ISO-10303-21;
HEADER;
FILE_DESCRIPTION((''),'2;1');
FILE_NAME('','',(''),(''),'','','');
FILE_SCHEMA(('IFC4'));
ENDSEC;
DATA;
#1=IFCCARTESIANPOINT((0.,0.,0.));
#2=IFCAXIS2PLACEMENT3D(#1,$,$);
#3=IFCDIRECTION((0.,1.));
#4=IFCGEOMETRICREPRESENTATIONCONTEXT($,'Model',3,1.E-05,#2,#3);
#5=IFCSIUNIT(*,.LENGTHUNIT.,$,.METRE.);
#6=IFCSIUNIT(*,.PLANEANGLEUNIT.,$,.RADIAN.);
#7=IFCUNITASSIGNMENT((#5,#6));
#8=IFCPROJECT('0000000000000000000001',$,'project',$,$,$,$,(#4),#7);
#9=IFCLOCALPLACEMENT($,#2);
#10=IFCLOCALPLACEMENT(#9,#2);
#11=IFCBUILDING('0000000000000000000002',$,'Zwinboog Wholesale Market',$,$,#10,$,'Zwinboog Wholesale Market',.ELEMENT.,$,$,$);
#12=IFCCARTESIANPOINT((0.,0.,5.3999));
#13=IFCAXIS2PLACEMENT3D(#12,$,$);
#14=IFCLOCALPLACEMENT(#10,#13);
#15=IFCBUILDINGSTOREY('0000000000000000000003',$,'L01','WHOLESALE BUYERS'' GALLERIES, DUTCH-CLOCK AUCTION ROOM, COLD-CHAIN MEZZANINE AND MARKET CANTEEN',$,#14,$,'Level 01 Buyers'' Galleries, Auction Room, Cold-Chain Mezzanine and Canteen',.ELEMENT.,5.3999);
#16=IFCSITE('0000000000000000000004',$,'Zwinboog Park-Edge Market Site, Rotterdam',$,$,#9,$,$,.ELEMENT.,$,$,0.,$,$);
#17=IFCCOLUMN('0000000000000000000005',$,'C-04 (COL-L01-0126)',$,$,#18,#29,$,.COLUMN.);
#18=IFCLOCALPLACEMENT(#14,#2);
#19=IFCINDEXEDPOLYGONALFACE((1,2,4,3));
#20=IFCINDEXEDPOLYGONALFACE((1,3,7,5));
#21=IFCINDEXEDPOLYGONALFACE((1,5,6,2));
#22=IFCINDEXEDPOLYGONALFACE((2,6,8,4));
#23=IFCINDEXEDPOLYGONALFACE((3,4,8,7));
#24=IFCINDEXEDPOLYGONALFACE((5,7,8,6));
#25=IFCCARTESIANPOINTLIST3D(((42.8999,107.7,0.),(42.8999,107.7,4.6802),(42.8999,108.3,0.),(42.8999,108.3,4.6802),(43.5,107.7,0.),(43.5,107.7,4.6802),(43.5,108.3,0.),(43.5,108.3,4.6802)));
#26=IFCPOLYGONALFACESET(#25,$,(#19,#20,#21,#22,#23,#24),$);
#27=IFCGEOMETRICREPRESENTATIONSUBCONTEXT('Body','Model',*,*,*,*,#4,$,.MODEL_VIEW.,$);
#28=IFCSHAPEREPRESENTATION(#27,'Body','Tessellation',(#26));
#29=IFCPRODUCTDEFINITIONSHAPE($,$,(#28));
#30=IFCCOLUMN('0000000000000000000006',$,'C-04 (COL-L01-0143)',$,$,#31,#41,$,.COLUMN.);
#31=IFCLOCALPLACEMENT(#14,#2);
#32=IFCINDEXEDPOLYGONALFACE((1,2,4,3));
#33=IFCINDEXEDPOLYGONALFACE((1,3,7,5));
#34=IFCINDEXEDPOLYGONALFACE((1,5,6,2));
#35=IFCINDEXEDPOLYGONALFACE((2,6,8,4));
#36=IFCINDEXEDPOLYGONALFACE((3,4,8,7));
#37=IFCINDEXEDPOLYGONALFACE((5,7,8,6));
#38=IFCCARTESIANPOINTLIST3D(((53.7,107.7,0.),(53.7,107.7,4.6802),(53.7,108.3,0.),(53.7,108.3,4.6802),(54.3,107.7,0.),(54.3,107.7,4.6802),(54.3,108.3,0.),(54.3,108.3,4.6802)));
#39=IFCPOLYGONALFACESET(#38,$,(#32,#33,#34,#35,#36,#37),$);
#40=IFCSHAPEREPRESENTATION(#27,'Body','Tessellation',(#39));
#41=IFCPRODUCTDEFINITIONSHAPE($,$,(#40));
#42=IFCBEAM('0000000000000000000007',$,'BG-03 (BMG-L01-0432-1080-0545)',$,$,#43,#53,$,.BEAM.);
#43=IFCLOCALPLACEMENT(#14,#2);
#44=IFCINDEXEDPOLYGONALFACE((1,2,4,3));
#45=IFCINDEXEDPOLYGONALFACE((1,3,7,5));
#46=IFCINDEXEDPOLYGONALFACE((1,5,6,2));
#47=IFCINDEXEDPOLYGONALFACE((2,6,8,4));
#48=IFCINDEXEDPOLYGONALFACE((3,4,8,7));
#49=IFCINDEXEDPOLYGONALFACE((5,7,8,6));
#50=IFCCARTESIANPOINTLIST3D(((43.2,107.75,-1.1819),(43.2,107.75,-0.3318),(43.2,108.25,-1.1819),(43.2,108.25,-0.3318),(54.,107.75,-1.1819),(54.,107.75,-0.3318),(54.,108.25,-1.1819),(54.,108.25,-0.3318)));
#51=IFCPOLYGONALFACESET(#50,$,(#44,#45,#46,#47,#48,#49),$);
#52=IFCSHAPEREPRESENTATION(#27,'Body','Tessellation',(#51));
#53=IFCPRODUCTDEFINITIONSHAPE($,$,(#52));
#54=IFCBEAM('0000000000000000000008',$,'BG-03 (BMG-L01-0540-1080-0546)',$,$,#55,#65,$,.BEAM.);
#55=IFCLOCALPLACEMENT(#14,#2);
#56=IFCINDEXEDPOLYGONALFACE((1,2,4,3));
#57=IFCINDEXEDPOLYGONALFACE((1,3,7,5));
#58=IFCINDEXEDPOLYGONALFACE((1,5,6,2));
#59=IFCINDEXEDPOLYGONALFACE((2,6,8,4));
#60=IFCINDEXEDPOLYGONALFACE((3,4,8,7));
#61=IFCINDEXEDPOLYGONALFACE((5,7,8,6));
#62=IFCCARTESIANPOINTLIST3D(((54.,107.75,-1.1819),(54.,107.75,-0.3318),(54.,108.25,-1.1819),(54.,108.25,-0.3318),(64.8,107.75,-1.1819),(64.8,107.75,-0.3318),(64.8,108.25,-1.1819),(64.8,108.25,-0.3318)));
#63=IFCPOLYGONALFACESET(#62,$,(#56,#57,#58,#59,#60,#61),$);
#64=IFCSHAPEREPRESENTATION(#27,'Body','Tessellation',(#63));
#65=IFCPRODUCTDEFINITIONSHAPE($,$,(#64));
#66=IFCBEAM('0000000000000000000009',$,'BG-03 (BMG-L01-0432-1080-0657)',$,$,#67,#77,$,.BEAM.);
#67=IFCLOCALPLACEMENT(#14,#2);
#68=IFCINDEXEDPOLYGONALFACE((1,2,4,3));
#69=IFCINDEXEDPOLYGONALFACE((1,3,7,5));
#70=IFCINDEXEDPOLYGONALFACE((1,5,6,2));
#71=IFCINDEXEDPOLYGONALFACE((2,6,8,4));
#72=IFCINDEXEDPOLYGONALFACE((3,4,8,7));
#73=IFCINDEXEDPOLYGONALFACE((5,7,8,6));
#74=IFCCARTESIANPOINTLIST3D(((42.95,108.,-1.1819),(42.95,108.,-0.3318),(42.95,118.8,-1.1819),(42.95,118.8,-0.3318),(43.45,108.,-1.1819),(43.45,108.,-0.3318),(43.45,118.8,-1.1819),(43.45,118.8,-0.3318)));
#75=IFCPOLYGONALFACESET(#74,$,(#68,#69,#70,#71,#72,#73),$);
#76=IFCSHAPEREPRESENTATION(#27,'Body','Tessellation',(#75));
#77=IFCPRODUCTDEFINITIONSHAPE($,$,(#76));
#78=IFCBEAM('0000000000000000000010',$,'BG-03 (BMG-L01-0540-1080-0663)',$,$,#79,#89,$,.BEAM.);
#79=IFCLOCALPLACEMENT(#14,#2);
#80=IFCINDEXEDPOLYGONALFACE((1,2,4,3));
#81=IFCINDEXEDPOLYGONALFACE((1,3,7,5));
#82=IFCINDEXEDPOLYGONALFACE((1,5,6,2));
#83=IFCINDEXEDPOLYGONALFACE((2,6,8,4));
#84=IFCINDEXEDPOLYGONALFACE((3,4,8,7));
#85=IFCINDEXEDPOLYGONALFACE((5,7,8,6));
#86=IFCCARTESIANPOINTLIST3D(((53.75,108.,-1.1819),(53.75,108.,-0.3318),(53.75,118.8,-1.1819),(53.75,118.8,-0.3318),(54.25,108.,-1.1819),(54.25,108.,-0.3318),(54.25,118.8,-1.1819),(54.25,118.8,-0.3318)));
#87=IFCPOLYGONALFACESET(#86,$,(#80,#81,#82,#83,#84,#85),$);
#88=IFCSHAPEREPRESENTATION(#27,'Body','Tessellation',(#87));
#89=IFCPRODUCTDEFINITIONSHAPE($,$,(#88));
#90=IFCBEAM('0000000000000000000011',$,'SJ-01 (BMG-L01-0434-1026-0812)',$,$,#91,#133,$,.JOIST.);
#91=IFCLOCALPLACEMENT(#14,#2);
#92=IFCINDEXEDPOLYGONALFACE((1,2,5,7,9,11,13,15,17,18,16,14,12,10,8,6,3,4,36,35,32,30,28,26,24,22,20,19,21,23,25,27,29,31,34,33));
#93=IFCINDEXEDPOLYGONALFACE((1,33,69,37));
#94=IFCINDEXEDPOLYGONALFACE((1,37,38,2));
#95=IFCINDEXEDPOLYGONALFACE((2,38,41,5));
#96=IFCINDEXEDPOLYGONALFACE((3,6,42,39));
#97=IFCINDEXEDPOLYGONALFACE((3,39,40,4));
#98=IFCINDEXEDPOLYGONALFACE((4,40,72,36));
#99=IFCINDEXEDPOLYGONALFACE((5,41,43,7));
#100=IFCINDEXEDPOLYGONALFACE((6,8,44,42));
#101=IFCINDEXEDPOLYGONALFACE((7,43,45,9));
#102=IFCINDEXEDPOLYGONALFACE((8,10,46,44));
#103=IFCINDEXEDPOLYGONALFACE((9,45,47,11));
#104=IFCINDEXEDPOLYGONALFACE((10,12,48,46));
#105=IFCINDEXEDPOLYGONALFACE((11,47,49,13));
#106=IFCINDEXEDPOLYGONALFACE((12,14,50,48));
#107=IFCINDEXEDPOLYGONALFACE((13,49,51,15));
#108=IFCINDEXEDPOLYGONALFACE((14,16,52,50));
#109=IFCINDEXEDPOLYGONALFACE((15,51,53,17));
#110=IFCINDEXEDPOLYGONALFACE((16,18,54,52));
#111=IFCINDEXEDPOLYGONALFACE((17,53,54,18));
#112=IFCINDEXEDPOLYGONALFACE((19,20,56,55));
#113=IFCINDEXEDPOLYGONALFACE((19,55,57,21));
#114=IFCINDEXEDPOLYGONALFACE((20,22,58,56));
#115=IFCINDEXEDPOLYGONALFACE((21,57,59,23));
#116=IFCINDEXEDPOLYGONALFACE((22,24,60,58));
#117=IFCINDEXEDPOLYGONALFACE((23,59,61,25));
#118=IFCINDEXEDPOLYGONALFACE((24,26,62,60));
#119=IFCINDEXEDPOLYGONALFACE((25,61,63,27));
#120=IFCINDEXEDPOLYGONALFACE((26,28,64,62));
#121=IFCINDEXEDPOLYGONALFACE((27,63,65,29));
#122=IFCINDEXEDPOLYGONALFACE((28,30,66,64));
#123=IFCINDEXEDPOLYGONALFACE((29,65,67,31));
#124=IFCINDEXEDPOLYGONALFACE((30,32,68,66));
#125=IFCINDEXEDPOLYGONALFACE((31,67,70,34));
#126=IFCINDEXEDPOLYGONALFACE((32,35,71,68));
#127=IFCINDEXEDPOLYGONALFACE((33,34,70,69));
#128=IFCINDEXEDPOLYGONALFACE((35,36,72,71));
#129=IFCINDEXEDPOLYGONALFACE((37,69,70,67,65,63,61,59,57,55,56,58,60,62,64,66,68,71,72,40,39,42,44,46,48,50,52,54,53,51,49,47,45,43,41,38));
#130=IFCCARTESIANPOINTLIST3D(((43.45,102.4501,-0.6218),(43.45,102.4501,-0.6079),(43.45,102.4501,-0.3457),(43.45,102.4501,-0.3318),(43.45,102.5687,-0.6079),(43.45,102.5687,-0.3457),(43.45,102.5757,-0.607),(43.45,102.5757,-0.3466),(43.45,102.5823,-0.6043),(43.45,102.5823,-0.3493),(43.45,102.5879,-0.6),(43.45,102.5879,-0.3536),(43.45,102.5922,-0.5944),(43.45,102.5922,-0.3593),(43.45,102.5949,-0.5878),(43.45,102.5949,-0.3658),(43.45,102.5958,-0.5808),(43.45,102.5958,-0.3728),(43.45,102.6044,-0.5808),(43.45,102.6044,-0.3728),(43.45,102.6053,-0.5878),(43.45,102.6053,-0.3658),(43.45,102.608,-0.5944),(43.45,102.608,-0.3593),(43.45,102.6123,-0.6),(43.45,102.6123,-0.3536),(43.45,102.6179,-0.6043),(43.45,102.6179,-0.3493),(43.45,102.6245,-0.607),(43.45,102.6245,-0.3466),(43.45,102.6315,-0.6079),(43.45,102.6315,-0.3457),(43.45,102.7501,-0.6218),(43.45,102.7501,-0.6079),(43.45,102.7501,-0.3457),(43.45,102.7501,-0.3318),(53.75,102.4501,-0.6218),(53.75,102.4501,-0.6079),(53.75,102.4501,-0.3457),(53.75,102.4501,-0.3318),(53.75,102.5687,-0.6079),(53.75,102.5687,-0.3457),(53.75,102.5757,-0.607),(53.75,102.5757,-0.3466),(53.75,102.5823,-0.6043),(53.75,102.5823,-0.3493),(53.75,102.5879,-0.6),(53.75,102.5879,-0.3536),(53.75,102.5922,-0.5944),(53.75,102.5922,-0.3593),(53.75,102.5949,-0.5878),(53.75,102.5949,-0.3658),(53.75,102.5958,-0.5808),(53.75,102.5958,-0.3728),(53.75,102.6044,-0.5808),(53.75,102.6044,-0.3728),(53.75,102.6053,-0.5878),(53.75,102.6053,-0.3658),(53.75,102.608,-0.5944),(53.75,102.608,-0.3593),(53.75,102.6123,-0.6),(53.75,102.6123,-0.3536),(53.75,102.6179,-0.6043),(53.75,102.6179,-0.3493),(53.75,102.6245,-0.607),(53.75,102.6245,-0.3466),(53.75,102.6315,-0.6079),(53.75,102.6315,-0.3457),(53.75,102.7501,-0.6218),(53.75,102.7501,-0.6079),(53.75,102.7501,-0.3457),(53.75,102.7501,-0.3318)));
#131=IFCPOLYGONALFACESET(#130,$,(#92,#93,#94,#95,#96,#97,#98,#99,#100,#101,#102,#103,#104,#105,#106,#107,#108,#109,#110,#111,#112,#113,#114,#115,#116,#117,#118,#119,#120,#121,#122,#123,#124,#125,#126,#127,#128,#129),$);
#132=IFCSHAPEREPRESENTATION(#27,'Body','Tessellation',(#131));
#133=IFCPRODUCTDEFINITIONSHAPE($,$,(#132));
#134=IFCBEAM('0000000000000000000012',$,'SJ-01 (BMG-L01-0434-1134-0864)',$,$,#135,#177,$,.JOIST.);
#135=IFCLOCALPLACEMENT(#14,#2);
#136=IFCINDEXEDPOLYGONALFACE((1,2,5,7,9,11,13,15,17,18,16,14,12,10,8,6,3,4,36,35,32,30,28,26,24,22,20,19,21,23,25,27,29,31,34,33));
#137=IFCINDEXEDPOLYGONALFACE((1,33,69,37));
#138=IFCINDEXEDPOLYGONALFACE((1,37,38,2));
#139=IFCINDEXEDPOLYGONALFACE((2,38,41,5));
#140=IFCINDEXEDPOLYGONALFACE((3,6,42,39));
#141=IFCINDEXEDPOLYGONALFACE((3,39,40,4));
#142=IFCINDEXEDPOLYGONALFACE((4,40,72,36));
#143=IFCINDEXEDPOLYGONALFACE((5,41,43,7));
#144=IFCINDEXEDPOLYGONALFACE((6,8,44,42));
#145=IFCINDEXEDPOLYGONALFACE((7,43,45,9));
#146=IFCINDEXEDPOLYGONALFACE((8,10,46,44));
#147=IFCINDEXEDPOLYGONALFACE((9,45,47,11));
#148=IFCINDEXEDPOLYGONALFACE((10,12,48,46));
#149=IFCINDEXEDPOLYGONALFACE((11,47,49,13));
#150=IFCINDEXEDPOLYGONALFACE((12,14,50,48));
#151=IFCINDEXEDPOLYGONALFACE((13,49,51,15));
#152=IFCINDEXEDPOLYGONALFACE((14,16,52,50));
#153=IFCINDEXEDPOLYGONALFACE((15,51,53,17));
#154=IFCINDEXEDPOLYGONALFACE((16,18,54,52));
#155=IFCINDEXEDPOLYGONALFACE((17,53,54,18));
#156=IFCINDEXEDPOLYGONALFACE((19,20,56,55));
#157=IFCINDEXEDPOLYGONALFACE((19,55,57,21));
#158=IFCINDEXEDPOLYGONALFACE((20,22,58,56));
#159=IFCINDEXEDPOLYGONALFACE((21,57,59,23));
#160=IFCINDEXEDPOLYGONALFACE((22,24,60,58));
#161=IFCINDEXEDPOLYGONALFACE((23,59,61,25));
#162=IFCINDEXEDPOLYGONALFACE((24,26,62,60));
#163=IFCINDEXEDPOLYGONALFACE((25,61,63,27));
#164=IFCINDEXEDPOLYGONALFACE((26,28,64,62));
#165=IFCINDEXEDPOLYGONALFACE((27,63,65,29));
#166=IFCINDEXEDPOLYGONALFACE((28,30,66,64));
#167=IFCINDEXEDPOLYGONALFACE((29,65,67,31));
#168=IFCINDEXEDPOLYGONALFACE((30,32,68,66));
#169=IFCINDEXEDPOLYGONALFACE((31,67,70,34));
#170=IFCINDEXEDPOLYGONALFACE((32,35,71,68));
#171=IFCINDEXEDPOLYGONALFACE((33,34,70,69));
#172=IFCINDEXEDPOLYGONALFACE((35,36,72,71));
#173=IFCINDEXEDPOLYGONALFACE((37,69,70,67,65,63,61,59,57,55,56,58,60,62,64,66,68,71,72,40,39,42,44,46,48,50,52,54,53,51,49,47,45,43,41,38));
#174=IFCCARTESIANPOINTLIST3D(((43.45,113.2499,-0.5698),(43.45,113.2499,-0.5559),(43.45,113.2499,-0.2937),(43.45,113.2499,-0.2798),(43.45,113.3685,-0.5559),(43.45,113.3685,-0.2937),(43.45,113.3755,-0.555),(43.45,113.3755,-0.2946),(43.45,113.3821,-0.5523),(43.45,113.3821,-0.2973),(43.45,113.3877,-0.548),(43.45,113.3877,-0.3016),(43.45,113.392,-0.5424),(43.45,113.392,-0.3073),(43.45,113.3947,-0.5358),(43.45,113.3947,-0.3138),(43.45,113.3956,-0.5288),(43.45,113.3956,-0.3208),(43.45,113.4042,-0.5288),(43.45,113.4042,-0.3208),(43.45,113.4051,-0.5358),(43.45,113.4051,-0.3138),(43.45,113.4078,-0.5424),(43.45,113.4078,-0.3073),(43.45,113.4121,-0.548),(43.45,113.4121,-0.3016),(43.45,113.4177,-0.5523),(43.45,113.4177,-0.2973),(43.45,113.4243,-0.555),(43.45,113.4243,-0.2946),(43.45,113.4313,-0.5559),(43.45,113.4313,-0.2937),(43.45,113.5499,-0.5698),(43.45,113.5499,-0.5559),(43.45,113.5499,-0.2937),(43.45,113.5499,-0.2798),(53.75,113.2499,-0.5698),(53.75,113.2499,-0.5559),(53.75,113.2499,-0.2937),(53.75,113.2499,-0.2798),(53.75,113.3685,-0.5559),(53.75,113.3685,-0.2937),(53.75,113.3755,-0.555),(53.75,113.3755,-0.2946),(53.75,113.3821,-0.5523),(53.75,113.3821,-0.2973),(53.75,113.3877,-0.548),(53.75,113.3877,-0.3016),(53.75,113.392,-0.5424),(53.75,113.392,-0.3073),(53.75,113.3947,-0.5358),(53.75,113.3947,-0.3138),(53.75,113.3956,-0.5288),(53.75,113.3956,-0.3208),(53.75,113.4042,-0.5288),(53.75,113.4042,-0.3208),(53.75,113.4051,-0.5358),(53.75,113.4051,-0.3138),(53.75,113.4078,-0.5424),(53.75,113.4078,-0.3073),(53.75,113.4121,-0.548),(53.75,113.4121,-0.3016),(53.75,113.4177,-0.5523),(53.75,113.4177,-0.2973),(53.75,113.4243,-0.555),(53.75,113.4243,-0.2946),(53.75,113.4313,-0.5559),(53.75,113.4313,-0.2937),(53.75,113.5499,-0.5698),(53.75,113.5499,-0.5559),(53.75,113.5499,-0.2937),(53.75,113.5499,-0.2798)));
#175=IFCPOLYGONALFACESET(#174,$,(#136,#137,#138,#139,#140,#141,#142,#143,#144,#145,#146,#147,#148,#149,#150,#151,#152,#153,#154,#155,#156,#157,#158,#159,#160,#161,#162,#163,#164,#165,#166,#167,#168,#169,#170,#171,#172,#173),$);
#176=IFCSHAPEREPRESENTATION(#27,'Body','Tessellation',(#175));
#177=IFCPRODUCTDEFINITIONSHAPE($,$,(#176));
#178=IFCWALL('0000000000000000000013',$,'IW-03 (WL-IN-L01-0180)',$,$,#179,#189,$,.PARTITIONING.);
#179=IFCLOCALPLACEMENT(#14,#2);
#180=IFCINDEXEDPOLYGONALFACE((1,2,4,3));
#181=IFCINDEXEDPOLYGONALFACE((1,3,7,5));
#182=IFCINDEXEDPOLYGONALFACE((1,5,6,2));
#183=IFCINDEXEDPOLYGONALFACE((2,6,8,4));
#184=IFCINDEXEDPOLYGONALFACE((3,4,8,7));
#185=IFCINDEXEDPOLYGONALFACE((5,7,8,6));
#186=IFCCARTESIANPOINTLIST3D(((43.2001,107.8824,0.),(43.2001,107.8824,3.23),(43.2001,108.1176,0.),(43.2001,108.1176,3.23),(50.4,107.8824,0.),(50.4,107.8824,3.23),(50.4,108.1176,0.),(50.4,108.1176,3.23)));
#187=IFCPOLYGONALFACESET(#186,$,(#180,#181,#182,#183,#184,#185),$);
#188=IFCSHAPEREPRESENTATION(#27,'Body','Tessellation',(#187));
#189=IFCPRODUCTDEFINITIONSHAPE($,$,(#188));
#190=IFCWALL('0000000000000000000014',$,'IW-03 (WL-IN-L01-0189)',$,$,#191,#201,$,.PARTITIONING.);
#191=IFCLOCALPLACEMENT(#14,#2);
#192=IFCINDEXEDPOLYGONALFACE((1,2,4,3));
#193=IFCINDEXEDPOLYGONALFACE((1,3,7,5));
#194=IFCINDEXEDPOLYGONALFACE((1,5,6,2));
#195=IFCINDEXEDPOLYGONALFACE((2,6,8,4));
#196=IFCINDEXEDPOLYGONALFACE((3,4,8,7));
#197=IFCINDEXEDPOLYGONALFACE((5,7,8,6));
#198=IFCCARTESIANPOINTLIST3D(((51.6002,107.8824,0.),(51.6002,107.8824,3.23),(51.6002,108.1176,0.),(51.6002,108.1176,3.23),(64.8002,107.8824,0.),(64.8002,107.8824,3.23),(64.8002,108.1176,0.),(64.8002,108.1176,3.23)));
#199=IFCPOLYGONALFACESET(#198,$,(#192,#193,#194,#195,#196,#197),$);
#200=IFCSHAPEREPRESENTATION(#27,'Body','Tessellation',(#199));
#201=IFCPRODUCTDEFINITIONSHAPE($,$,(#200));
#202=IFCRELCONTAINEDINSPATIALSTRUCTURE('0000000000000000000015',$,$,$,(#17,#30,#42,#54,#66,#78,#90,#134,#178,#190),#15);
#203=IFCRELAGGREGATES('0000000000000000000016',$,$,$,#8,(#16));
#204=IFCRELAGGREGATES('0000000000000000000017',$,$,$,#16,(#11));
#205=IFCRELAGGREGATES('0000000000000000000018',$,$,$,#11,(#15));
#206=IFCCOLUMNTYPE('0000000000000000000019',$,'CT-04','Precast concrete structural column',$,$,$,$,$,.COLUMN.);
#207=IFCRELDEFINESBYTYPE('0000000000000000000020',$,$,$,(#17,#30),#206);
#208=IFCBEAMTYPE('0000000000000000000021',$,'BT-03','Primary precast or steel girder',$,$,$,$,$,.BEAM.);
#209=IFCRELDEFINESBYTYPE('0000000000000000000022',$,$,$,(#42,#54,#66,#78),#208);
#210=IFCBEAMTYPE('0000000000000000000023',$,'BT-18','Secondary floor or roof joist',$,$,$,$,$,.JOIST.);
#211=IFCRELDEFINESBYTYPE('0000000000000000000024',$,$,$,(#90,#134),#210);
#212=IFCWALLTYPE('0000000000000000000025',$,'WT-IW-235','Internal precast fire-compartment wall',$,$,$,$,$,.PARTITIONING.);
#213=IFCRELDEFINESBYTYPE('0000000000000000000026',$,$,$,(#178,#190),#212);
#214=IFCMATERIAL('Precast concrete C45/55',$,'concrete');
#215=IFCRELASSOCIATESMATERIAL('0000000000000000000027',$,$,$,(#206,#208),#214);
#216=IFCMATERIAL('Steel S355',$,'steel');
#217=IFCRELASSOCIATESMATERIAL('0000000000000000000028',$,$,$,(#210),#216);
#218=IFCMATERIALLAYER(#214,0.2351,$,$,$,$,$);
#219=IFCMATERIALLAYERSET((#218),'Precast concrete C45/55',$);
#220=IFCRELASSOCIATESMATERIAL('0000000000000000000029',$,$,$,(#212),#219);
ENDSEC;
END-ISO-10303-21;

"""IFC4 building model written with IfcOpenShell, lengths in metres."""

from ifc_helpers import new_model, si_unit, direction, frame, frame_2d, origin, origin_2d, place, context, subcontext, project, spatial, rectangle, i_section, extrude, material, layer, layer_set, material_profile, profile_set, type_object, element, save


model = new_model("IFC4")

# Units and contexts
model_context = context("Model", 3, precision=1e-05, world=origin(), true_north=direction((0.0, 1.0)))
body_context = subcontext(model_context, "Body", "Model", "MODEL_VIEW")
ifc_project = project(units=[si_unit("LENGTHUNIT", "METRE"), si_unit("PLANEANGLEUNIT", "RADIAN")], contexts=[model_context])

# Site, building, storey
site_placement = place(None, origin())
site = spatial("IfcSite", under=ifc_project, at=site_placement, Name="Zwinboog Park-Edge Market Site, Rotterdam", CompositionType="ELEMENT", RefElevation=0.0)
building_placement = place(site_placement, origin())
building = spatial("IfcBuilding", under=site, at=building_placement, Name="Zwinboog Wholesale Market", LongName="Zwinboog Wholesale Market", CompositionType="ELEMENT")
storey_placement = place(building_placement, frame((0.0, 0.0, 5.3999)))
storey = spatial("IfcBuildingStorey", under=building, at=storey_placement, Name="L01", Description="WHOLESALE BUYERS' GALLERIES, DUTCH-CLOCK AUCTION ROOM, COLD-CHAIN MEZZANINE AND MARKET CANTEEN", LongName="Level 01 Buyers' Galleries, Auction Room, Cold-Chain Mezzanine and Canteen", CompositionType="ELEMENT", Elevation=5.3999)

# Columns
ifc_material_1 = material(Name="Precast concrete C45/55", Category="concrete")
ifc_material_profile_1 = material_profile(ifc_material_1, rectangle(XDim=0.6001, YDim=0.6001, at=origin_2d()), Name="PC 600x600")
ifc_profile_set_1 = profile_set([ifc_material_profile_1], Name="Precast concrete C45/55")
column_type = type_object("IfcColumnType", Name="CT-04", Description="Precast concrete structural column", PredefinedType="COLUMN", material=ifc_profile_set_1)
for number, where, z_axis, x_axis, name in (
    (1, (43.2, 108.0, 0.0), (0.0, 0.0, 1.0), (1.0, 0.0, 0.0), "C-04 (COL-L01-0126)"),
    (2, (54.0, 108.0, 0.0), (0.0, 0.0, 1.0), (1.0, 0.0, 0.0), "C-04 (COL-L01-0143)"),
):
    element("IfcColumn", number, at=place(storey_placement, frame(where, z_axis=z_axis, x_axis=x_axis)), inside=storey, type_object=column_type, Name=name, PredefinedType="COLUMN", context=body_context, shape_type="SweptSolid", body=[
        extrude(rectangle(XDim=0.6001, YDim=0.6001, at=origin_2d()), origin(), (0.0, 0.0, 1.0), 4.6802),
    ])

# Beams
ifc_material_profile_2 = material_profile(ifc_material_1, rectangle(XDim=0.5, YDim=0.8501, at=origin_2d()), Name="PC 500x850")
ifc_profile_set_2 = profile_set([ifc_material_profile_2], Name="Precast concrete C45/55")
beam_type_1 = type_object("IfcBeamType", Name="BT-03", Description="Primary precast or steel girder", PredefinedType="BEAM", material=ifc_profile_set_2)
for number, where, z_axis, x_axis, name in (
    (3, (43.2, 108.0, -0.7568), (1.0, 0.0, 0.0), (0.0, 1.0, 0.0), "BG-03 (BMG-L01-0432-1080-0545)"),
    (4, (54.0, 108.0, -0.7568), (1.0, 0.0, 0.0), (0.0, 1.0, 0.0), "BG-03 (BMG-L01-0540-1080-0546)"),
    (5, (43.2, 108.0, -0.7568), (0.0, 1.0, 0.0), (-1.0, 0.0, 0.0), "BG-03 (BMG-L01-0432-1080-0657)"),
    (6, (54.0, 108.0, -0.7568), (0.0, 1.0, 0.0), (-1.0, 0.0, 0.0), "BG-03 (BMG-L01-0540-1080-0663)"),
):
    element("IfcBeam", number, at=place(storey_placement, frame(where, z_axis=z_axis, x_axis=x_axis)), inside=storey, type_object=beam_type_1, Name=name, PredefinedType="BEAM", context=body_context, shape_type="SweptSolid", body=[
        extrude(rectangle(XDim=0.5, YDim=0.8501, at=origin_2d()), origin(), (0.0, 0.0, 1.0), 10.8),
    ])
ifc_material_2 = material(Name="Steel S355", Category="steel")
ifc_material_profile_3 = material_profile(ifc_material_2, i_section(OverallWidth=0.3, OverallDepth=0.29, WebThickness=0.0085, FlangeThickness=0.0139, FilletRadius=0.0271, at=origin_2d()), Name="HEA 300")
ifc_profile_set_3 = profile_set([ifc_material_profile_3], Name="Steel S355")
beam_type_2 = type_object("IfcBeamType", Name="BT-18", Description="Secondary floor or roof joist", PredefinedType="JOIST", material=ifc_profile_set_3)
for number, where, z_axis, x_axis, name in (
    (7, (43.45, 102.6001, -0.4768), (1.0, 0.0, 0.0), (0.0, 1.0, 0.0), "SJ-01 (BMG-L01-0434-1026-0812)"),
    (8, (43.45, 113.3999, -0.4248), (1.0, 0.0, 0.0), (0.0, 1.0, 0.0), "SJ-01 (BMG-L01-0434-1134-0864)"),
):
    element("IfcBeam", number, at=place(storey_placement, frame(where, z_axis=z_axis, x_axis=x_axis)), inside=storey, type_object=beam_type_2, Name=name, PredefinedType="JOIST", context=body_context, shape_type="SweptSolid", body=[
        extrude(i_section(OverallWidth=0.3, OverallDepth=0.29, WebThickness=0.0085, FlangeThickness=0.0139, FilletRadius=0.0271, at=origin_2d()), origin(), (0.0, 0.0, 1.0), 10.3),
    ])

# Walls
ifc_layer_1 = layer(ifc_material_1, 0.2351)
ifc_layer_set_1 = layer_set([ifc_layer_1], Name="Precast concrete C45/55")
wall_type_1 = type_object("IfcWallType", Name="WT-IW-235", Description="Internal precast fire-compartment wall", PredefinedType="PARTITIONING", material=ifc_layer_set_1)
wall_1_placement = place(storey_placement, frame((43.2, 108.0, 0.0), z_axis=(0.0, 0.0, 1.0), x_axis=(1.0, 0.0, 0.0)))
element("IfcWall", 9, at=wall_1_placement, inside=storey, type_object=wall_type_1, Name="IW-03 (WL-IN-L01-0180)", PredefinedType="PARTITIONING", context=body_context, shape_type="SweptSolid", body=[
    extrude(rectangle(XDim=7.2, YDim=0.2351, at=frame_2d((3.6001, 0.0))), origin(), (0.0, 0.0, 1.0), 3.23),
])
wall_2_placement = place(storey_placement, frame((51.6001, 108.0, 0.0), z_axis=(0.0, 0.0, 1.0), x_axis=(1.0, 0.0, 0.0)))
element("IfcWall", 10, at=wall_2_placement, inside=storey, type_object=wall_type_1, Name="IW-03 (WL-IN-L01-0189)", PredefinedType="PARTITIONING", context=body_context, shape_type="SweptSolid", body=[
    extrude(rectangle(XDim=13.2, YDim=0.2351, at=frame_2d((6.6001, 0.0))), origin(), (0.0, 0.0, 1.0), 3.23),
])

save(model, "model.ifc")
